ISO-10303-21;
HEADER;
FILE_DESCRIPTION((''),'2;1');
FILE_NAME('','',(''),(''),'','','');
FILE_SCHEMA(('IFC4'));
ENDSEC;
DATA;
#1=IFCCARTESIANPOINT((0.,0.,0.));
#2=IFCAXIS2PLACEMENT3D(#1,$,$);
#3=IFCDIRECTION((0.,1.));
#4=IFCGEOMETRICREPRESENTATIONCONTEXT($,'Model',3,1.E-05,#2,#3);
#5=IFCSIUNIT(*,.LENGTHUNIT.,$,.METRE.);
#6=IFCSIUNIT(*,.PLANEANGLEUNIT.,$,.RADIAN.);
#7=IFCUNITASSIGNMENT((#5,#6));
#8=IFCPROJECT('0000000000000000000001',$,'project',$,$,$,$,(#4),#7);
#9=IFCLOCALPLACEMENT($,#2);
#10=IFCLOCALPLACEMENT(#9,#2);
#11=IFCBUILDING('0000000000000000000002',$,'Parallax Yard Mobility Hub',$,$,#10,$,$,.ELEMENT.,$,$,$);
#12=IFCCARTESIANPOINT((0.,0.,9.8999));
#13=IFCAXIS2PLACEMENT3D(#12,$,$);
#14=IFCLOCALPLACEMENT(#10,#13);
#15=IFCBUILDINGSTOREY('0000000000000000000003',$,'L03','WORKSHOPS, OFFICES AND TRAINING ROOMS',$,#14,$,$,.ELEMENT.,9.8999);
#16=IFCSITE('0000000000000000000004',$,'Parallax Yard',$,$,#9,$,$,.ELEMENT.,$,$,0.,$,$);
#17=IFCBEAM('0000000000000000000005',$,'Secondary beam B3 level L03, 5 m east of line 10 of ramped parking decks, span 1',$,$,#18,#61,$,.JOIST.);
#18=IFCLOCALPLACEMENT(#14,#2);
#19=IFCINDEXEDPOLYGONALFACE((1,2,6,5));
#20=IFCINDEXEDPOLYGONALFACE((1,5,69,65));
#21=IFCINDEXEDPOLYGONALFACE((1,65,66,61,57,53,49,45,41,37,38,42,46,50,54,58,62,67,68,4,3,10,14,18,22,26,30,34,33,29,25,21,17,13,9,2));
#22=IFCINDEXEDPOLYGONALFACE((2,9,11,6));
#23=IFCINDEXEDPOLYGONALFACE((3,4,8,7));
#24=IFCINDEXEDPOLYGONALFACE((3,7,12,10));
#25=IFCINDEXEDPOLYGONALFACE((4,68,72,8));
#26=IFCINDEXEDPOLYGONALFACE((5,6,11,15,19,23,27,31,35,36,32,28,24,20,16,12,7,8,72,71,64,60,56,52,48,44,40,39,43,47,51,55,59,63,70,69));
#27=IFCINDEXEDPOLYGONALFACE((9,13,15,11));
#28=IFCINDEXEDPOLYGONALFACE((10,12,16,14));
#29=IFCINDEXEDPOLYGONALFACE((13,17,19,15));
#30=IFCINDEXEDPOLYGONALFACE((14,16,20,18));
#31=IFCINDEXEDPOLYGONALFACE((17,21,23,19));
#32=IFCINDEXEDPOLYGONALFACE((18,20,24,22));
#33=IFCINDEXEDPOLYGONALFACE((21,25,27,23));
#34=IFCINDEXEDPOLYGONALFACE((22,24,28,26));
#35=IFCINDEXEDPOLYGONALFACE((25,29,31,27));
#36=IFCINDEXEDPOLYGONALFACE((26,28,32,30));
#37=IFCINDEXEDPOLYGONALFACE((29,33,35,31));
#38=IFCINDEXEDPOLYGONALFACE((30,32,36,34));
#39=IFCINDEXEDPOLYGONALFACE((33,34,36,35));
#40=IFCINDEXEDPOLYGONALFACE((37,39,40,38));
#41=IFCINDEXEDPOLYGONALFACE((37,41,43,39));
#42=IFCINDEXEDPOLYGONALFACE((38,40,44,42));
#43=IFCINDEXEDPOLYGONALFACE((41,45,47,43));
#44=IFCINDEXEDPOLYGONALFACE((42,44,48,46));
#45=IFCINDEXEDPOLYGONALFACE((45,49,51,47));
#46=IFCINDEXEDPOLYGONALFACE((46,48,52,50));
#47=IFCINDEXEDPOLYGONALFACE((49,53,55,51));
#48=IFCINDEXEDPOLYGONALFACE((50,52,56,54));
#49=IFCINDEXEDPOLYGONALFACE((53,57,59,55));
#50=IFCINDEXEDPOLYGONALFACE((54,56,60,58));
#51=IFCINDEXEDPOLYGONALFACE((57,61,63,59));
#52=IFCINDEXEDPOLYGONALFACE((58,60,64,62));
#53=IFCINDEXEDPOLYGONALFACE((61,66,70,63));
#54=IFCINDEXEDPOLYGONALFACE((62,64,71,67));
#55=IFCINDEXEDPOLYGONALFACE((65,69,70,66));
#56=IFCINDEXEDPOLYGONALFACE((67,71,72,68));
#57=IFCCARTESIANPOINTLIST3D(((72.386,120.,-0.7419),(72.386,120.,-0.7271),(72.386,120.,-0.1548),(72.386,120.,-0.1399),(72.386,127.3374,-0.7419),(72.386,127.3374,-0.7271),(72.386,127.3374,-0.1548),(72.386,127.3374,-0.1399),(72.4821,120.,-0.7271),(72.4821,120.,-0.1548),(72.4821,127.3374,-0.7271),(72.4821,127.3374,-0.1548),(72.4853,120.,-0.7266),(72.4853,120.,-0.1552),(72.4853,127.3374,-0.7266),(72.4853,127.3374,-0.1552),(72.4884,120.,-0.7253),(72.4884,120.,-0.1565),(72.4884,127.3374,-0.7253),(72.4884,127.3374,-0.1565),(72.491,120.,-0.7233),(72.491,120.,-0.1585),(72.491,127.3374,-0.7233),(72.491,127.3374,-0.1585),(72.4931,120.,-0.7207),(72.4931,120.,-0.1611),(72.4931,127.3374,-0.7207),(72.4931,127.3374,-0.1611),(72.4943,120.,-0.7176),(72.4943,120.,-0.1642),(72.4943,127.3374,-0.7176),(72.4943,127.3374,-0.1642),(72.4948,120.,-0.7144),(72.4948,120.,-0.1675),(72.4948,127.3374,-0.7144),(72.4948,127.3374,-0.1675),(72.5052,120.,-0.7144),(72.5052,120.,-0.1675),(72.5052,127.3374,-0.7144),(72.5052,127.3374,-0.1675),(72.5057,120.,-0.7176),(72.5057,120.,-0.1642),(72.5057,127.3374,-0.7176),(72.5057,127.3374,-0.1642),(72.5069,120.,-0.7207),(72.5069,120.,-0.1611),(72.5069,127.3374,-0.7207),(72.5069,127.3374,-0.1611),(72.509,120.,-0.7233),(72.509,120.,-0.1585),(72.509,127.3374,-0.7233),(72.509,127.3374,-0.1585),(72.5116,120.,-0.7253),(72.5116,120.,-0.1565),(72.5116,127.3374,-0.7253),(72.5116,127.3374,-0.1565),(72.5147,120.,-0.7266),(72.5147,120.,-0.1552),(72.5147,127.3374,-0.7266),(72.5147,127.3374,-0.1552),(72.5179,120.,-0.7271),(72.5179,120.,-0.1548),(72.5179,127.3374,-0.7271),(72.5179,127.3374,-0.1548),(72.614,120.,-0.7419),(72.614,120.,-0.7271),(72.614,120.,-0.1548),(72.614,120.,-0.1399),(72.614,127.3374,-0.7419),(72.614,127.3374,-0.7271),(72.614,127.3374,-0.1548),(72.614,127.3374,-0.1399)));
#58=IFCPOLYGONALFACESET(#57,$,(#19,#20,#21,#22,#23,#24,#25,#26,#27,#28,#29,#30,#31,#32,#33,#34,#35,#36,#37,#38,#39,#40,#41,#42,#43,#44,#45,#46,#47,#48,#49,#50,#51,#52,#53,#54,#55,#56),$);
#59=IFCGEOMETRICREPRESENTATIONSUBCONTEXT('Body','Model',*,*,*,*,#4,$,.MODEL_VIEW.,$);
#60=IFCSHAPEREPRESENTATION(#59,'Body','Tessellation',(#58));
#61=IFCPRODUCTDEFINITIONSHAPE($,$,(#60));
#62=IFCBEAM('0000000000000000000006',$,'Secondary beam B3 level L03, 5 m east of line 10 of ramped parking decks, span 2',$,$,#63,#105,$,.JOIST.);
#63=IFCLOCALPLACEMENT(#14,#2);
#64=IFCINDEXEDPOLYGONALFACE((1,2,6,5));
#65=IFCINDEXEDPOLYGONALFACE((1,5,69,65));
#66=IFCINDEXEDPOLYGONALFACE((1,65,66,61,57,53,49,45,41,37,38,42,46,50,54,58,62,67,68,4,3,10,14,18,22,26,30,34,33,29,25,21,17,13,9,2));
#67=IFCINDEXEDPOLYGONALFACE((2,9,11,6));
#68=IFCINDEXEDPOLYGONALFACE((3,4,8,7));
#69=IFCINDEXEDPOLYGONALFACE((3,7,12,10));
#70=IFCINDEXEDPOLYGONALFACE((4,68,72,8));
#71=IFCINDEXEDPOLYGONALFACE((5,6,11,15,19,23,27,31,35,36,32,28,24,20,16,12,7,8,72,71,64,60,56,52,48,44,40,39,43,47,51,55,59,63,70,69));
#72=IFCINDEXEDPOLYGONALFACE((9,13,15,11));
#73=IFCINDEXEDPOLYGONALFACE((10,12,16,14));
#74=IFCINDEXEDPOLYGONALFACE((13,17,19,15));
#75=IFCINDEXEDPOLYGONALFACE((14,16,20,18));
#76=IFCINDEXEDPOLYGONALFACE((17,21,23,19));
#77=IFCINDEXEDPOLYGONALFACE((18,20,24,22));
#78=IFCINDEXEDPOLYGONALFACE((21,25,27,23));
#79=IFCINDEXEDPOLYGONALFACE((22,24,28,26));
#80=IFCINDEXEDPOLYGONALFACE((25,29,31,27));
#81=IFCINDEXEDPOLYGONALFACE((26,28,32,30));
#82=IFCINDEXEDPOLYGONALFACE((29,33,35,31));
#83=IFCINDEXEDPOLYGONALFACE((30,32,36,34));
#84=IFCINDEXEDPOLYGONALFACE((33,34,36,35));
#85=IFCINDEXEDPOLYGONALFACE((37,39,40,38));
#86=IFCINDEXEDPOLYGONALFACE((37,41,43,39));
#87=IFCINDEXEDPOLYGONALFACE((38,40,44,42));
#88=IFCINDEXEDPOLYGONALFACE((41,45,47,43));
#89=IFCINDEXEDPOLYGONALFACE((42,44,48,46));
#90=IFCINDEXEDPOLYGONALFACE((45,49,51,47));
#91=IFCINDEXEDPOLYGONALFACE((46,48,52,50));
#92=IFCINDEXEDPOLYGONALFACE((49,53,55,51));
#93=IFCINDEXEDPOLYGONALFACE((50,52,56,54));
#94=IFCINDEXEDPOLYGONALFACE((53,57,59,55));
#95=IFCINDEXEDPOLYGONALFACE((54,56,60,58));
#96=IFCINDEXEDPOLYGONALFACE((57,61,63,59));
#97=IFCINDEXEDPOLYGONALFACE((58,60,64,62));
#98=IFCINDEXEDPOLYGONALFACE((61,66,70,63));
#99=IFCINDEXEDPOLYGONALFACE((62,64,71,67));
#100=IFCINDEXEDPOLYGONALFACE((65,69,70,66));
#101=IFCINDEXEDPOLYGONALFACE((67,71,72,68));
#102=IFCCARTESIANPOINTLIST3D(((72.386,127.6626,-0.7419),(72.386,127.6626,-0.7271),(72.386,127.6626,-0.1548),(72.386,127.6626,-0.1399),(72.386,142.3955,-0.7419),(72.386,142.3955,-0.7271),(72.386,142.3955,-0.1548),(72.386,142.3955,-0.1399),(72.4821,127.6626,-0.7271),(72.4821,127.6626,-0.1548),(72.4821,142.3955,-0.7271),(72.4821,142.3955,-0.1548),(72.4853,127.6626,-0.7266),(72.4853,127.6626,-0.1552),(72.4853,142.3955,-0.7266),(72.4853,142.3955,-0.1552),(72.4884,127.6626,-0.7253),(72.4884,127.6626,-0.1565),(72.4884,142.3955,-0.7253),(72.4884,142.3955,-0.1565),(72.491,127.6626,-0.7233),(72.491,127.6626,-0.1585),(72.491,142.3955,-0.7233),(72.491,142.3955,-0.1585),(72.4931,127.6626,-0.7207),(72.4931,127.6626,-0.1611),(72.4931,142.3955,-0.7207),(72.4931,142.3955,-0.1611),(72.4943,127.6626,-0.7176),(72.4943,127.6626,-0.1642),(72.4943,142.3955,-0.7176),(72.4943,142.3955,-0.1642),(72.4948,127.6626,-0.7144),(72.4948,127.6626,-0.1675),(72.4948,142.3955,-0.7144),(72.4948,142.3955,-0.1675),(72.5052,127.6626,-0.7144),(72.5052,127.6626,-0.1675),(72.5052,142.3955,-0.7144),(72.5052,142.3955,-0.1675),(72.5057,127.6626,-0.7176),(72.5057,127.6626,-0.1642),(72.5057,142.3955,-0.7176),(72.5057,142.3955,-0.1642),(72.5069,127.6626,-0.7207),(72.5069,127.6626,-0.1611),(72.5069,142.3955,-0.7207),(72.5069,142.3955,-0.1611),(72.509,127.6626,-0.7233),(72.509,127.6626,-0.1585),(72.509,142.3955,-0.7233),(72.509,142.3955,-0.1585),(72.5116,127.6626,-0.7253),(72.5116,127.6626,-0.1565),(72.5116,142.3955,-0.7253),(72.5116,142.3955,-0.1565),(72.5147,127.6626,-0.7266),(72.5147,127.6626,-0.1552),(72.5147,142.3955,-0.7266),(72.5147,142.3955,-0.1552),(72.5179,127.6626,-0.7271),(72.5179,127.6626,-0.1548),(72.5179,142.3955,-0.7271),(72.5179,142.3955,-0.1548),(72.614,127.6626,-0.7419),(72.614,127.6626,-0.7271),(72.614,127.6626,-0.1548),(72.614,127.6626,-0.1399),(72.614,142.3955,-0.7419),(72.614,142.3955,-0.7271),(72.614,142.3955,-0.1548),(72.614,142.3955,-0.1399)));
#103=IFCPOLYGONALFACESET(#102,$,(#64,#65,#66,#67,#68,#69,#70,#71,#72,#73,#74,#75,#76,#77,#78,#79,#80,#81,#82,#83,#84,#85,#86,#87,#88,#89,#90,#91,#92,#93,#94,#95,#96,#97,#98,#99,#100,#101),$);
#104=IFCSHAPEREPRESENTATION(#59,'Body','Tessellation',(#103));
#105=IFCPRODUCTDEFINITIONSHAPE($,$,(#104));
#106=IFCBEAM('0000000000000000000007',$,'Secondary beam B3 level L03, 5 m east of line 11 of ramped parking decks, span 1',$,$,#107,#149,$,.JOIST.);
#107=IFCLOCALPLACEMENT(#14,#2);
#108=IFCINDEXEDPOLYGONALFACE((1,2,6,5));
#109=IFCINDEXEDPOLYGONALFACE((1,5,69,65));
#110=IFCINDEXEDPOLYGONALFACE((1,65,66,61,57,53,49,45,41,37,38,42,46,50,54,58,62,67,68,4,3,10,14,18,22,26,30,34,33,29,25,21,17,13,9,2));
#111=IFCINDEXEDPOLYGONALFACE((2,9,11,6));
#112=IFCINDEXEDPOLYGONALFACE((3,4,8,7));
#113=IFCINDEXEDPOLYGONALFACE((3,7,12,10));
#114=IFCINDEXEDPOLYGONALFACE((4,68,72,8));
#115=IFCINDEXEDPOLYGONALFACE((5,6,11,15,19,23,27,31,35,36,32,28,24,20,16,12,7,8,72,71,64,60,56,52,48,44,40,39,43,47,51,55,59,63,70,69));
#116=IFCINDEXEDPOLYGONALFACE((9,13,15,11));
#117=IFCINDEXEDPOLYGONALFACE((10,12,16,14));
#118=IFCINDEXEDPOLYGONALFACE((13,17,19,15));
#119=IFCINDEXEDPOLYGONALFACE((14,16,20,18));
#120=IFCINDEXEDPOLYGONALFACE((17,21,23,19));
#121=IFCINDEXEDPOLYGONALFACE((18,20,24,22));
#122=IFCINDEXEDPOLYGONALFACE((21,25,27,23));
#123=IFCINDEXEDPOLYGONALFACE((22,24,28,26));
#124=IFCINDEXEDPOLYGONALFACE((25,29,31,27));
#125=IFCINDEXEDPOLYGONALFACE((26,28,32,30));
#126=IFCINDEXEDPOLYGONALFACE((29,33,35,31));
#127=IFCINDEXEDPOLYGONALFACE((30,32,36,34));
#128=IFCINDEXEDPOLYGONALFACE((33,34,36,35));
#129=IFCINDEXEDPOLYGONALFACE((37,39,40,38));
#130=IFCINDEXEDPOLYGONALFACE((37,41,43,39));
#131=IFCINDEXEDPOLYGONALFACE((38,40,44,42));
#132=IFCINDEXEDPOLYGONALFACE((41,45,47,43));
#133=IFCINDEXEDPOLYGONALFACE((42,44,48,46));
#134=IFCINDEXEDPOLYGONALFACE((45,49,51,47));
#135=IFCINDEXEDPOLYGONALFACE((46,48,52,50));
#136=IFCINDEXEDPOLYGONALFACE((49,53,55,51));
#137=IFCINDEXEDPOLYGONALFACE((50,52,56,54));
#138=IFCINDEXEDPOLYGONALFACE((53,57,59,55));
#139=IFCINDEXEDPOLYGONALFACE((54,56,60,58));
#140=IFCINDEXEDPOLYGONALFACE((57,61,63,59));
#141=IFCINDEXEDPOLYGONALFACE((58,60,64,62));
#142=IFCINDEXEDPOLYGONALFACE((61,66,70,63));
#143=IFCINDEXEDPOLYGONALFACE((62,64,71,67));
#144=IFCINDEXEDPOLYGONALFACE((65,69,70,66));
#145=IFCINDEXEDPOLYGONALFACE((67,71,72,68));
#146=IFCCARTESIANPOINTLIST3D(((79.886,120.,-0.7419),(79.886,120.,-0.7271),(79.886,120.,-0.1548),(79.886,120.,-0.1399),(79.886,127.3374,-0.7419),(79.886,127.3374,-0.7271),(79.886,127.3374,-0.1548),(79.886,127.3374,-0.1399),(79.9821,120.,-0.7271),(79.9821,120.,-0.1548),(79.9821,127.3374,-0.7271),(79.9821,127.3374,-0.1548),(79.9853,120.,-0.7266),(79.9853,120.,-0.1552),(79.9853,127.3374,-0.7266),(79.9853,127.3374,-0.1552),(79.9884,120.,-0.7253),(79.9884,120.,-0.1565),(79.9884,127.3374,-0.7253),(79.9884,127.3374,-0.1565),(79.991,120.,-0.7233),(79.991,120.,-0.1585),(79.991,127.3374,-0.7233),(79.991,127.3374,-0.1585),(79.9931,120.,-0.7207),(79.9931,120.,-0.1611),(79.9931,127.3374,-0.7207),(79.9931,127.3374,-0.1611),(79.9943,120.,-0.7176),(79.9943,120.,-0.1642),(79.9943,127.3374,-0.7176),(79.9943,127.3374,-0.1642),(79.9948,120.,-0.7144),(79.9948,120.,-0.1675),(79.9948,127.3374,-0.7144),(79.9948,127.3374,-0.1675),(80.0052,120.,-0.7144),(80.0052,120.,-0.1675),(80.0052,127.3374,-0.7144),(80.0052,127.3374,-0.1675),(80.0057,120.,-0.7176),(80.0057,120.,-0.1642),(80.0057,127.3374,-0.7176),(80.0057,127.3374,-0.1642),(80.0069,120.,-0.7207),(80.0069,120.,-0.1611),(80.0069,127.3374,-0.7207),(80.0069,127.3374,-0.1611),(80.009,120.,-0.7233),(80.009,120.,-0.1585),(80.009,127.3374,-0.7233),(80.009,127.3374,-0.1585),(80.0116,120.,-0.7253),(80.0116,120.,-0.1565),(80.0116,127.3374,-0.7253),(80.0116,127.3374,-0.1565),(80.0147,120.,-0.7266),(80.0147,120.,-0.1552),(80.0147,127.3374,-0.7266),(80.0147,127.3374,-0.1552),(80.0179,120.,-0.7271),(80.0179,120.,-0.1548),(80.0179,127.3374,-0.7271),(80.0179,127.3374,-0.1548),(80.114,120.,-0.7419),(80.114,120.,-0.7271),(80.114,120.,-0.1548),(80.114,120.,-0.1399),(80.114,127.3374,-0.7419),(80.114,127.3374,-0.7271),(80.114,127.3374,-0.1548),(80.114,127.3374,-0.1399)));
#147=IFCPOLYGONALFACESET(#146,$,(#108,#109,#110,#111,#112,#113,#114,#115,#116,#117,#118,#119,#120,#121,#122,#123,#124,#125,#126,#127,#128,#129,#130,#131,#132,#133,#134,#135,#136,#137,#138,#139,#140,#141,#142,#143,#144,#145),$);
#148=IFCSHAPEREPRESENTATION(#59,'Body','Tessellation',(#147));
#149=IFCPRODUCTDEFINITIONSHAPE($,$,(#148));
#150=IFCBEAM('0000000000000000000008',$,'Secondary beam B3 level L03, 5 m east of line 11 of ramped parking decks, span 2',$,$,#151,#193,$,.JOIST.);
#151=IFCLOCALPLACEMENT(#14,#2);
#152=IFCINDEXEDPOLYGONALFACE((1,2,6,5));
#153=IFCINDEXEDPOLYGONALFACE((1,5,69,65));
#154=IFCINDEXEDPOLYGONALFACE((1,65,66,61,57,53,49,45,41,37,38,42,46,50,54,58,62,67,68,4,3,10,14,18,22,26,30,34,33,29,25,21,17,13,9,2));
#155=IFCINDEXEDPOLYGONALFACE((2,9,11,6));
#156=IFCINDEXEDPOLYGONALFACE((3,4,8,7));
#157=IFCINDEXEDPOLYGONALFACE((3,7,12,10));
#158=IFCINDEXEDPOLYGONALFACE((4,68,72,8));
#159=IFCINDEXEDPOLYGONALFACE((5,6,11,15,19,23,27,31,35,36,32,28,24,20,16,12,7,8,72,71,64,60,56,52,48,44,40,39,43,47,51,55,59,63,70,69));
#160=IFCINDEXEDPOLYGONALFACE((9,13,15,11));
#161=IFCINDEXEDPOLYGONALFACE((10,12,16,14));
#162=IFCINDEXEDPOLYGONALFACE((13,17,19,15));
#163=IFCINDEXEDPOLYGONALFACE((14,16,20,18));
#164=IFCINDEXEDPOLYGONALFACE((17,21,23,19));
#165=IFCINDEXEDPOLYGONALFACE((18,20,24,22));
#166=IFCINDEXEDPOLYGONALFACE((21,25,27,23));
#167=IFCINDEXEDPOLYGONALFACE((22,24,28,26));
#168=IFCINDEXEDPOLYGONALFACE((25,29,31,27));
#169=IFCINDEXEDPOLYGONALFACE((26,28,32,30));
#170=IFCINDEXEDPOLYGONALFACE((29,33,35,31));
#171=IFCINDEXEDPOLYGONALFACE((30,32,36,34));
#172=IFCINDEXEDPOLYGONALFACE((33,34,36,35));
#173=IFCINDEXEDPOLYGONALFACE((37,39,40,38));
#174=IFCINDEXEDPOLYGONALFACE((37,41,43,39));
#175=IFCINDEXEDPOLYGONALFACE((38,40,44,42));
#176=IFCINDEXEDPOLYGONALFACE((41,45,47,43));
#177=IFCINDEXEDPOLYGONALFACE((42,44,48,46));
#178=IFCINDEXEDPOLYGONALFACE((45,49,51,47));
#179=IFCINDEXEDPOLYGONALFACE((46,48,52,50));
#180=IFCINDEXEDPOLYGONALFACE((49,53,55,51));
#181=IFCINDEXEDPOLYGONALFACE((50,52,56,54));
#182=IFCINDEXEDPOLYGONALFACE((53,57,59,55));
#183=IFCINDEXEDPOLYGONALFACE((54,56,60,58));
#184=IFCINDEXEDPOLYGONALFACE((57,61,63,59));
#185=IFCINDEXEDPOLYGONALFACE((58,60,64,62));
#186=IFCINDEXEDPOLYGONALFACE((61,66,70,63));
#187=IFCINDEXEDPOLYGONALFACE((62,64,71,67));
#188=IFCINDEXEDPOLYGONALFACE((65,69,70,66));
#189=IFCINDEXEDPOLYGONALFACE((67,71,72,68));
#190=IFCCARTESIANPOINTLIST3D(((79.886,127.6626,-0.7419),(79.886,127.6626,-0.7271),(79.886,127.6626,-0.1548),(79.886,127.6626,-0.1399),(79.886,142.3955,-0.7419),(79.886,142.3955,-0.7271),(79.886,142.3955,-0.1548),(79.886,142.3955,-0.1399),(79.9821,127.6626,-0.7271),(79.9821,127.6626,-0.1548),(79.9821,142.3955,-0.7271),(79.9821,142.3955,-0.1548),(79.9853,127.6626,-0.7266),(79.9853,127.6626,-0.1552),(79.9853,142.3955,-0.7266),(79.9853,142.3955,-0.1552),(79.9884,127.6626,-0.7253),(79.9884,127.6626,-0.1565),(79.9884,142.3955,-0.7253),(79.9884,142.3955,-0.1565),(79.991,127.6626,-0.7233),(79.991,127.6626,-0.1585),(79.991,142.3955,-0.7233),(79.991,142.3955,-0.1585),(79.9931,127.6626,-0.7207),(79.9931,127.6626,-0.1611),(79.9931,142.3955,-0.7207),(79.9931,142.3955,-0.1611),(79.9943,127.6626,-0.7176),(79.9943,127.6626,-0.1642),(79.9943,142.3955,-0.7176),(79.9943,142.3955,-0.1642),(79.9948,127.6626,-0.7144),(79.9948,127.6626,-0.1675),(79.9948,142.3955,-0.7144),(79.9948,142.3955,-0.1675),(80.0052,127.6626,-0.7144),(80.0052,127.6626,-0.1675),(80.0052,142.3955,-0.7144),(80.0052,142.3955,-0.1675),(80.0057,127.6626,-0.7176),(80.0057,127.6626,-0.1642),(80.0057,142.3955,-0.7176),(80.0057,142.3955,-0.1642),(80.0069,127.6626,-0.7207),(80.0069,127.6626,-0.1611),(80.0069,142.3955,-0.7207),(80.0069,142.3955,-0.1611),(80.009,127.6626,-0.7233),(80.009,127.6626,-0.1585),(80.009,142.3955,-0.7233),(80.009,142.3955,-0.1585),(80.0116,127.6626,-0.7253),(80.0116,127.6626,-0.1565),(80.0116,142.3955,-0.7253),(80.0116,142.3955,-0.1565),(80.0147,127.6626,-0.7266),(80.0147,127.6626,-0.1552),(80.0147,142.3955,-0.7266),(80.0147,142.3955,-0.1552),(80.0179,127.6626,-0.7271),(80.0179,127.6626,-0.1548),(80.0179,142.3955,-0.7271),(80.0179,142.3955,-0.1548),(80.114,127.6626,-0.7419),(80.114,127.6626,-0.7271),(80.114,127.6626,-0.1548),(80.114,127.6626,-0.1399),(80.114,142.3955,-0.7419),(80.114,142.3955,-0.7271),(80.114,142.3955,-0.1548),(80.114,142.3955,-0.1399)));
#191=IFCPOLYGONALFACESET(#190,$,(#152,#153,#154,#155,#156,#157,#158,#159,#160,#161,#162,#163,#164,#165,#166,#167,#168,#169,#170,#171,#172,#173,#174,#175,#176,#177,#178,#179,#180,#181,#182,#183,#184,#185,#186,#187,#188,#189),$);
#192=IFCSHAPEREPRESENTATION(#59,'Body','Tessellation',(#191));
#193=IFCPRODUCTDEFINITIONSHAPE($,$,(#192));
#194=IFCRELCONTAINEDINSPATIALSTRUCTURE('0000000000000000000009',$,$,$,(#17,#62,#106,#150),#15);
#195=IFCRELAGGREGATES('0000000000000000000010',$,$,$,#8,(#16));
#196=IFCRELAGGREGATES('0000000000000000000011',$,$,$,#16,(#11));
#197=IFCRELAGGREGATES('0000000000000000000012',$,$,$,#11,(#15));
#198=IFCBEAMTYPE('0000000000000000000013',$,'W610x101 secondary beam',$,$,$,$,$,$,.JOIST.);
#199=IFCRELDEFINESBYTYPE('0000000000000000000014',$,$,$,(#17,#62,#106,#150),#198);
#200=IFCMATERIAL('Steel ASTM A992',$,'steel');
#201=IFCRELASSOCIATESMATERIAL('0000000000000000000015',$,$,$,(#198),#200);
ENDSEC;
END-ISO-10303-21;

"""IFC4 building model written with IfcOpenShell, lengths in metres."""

from ifc_helpers import new_model, si_unit, direction, frame, origin, origin_2d, place, context, subcontext, project, spatial, i_section, extrude, material, material_profile, profile_set, type_object, element, save


model = new_model("IFC4")

# Units and contexts
model_context = context("Model", 3, precision=1e-05, world=origin(), true_north=direction((0.0, 1.0)))
body_context = subcontext(model_context, "Body", "Model", "MODEL_VIEW")
ifc_project = project(units=[si_unit("LENGTHUNIT", "METRE"), si_unit("PLANEANGLEUNIT", "RADIAN")], contexts=[model_context])

# Site, building, storey
site_placement = place(None, origin())
site = spatial("IfcSite", under=ifc_project, at=site_placement, Name="Parallax Yard", CompositionType="ELEMENT", RefElevation=0.0)
building_placement = place(site_placement, origin())
building = spatial("IfcBuilding", under=site, at=building_placement, Name="Parallax Yard Mobility Hub", CompositionType="ELEMENT")
storey_placement = place(building_placement, frame((0.0, 0.0, 9.8999)))
storey = spatial("IfcBuildingStorey", under=building, at=storey_placement, Name="L03", Description="WORKSHOPS, OFFICES AND TRAINING ROOMS", CompositionType="ELEMENT", Elevation=9.8999)

# Shared definitions
ifc_material_1 = material(Name="Steel ASTM A992", Category="steel")

# Beams
ifc_material_profile_1 = material_profile(ifc_material_1, i_section(OverallWidth=0.228, OverallDepth=0.6021, WebThickness=0.0105, FlangeThickness=0.0149, FilletRadius=0.0127, at=origin_2d()), Name="W610x101")
ifc_profile_set_1 = profile_set([ifc_material_profile_1], Name="Steel ASTM A992")
beam_type_1 = type_object("IfcBeamType", Name="W610x101 secondary beam", PredefinedType="JOIST", material=ifc_profile_set_1)
beam_1_placement = place(storey_placement, frame((72.5, 120.0, -0.4409), z_axis=(0.0, 1.0, 0.0), x_axis=(-1.0, 0.0, 0.0)))
element("IfcBeam", 1, at=beam_1_placement, inside=storey, type_object=beam_type_1, Name="Secondary beam B3 level L03, 5 m east of line 10 of ramped parking decks, span 1", PredefinedType="JOIST", context=body_context, shape_type="SweptSolid", body=[
    extrude(i_section(OverallWidth=0.228, OverallDepth=0.6021, WebThickness=0.0105, FlangeThickness=0.0149, FilletRadius=0.0127, at=origin_2d()), origin(), (0.0, 0.0, 1.0), 7.3374),
])
beam_2_placement = place(storey_placement, frame((72.5, 127.6626, -0.4409), z_axis=(0.0, 1.0, 0.0), x_axis=(-1.0, 0.0, 0.0)))
element("IfcBeam", 2, at=beam_2_placement, inside=storey, type_object=beam_type_1, Name="Secondary beam B3 level L03, 5 m east of line 10 of ramped parking decks, span 2", PredefinedType="JOIST", context=body_context, shape_type="SweptSolid", body=[
    extrude(i_section(OverallWidth=0.228, OverallDepth=0.6021, WebThickness=0.0105, FlangeThickness=0.0149, FilletRadius=0.0127, at=origin_2d()), origin(), (0.0, 0.0, 1.0), 14.7329),
])
beam_3_placement = place(storey_placement, frame((80.0, 120.0, -0.4409), z_axis=(0.0, 1.0, 0.0), x_axis=(-1.0, 0.0, 0.0)))
element("IfcBeam", 3, at=beam_3_placement, inside=storey, type_object=beam_type_1, Name="Secondary beam B3 level L03, 5 m east of line 11 of ramped parking decks, span 1", PredefinedType="JOIST", context=body_context, shape_type="SweptSolid", body=[
    extrude(i_section(OverallWidth=0.228, OverallDepth=0.6021, WebThickness=0.0105, FlangeThickness=0.0149, FilletRadius=0.0127, at=origin_2d()), origin(), (0.0, 0.0, 1.0), 7.3374),
])
for number, where, z_axis, x_axis, name in (
    (4, (80.0, 127.6626, -0.4409), (0.0, 1.0, 0.0), (-1.0, 0.0, 0.0), "Secondary beam B3 level L03, 5 m east of line 11 of ramped parking decks, span 2"),
):
    element("IfcBeam", number, at=place(storey_placement, frame(where, z_axis=z_axis, x_axis=x_axis)), inside=storey, type_object=beam_type_1, Name=name, PredefinedType="JOIST", context=body_context, shape_type="SweptSolid", body=[
        extrude(i_section(OverallWidth=0.228, OverallDepth=0.6021, WebThickness=0.0105, FlangeThickness=0.0149, FilletRadius=0.0127, at=origin_2d()), origin(), (0.0, 0.0, 1.0), 14.7329),
    ])

save(model, "model.ifc")
